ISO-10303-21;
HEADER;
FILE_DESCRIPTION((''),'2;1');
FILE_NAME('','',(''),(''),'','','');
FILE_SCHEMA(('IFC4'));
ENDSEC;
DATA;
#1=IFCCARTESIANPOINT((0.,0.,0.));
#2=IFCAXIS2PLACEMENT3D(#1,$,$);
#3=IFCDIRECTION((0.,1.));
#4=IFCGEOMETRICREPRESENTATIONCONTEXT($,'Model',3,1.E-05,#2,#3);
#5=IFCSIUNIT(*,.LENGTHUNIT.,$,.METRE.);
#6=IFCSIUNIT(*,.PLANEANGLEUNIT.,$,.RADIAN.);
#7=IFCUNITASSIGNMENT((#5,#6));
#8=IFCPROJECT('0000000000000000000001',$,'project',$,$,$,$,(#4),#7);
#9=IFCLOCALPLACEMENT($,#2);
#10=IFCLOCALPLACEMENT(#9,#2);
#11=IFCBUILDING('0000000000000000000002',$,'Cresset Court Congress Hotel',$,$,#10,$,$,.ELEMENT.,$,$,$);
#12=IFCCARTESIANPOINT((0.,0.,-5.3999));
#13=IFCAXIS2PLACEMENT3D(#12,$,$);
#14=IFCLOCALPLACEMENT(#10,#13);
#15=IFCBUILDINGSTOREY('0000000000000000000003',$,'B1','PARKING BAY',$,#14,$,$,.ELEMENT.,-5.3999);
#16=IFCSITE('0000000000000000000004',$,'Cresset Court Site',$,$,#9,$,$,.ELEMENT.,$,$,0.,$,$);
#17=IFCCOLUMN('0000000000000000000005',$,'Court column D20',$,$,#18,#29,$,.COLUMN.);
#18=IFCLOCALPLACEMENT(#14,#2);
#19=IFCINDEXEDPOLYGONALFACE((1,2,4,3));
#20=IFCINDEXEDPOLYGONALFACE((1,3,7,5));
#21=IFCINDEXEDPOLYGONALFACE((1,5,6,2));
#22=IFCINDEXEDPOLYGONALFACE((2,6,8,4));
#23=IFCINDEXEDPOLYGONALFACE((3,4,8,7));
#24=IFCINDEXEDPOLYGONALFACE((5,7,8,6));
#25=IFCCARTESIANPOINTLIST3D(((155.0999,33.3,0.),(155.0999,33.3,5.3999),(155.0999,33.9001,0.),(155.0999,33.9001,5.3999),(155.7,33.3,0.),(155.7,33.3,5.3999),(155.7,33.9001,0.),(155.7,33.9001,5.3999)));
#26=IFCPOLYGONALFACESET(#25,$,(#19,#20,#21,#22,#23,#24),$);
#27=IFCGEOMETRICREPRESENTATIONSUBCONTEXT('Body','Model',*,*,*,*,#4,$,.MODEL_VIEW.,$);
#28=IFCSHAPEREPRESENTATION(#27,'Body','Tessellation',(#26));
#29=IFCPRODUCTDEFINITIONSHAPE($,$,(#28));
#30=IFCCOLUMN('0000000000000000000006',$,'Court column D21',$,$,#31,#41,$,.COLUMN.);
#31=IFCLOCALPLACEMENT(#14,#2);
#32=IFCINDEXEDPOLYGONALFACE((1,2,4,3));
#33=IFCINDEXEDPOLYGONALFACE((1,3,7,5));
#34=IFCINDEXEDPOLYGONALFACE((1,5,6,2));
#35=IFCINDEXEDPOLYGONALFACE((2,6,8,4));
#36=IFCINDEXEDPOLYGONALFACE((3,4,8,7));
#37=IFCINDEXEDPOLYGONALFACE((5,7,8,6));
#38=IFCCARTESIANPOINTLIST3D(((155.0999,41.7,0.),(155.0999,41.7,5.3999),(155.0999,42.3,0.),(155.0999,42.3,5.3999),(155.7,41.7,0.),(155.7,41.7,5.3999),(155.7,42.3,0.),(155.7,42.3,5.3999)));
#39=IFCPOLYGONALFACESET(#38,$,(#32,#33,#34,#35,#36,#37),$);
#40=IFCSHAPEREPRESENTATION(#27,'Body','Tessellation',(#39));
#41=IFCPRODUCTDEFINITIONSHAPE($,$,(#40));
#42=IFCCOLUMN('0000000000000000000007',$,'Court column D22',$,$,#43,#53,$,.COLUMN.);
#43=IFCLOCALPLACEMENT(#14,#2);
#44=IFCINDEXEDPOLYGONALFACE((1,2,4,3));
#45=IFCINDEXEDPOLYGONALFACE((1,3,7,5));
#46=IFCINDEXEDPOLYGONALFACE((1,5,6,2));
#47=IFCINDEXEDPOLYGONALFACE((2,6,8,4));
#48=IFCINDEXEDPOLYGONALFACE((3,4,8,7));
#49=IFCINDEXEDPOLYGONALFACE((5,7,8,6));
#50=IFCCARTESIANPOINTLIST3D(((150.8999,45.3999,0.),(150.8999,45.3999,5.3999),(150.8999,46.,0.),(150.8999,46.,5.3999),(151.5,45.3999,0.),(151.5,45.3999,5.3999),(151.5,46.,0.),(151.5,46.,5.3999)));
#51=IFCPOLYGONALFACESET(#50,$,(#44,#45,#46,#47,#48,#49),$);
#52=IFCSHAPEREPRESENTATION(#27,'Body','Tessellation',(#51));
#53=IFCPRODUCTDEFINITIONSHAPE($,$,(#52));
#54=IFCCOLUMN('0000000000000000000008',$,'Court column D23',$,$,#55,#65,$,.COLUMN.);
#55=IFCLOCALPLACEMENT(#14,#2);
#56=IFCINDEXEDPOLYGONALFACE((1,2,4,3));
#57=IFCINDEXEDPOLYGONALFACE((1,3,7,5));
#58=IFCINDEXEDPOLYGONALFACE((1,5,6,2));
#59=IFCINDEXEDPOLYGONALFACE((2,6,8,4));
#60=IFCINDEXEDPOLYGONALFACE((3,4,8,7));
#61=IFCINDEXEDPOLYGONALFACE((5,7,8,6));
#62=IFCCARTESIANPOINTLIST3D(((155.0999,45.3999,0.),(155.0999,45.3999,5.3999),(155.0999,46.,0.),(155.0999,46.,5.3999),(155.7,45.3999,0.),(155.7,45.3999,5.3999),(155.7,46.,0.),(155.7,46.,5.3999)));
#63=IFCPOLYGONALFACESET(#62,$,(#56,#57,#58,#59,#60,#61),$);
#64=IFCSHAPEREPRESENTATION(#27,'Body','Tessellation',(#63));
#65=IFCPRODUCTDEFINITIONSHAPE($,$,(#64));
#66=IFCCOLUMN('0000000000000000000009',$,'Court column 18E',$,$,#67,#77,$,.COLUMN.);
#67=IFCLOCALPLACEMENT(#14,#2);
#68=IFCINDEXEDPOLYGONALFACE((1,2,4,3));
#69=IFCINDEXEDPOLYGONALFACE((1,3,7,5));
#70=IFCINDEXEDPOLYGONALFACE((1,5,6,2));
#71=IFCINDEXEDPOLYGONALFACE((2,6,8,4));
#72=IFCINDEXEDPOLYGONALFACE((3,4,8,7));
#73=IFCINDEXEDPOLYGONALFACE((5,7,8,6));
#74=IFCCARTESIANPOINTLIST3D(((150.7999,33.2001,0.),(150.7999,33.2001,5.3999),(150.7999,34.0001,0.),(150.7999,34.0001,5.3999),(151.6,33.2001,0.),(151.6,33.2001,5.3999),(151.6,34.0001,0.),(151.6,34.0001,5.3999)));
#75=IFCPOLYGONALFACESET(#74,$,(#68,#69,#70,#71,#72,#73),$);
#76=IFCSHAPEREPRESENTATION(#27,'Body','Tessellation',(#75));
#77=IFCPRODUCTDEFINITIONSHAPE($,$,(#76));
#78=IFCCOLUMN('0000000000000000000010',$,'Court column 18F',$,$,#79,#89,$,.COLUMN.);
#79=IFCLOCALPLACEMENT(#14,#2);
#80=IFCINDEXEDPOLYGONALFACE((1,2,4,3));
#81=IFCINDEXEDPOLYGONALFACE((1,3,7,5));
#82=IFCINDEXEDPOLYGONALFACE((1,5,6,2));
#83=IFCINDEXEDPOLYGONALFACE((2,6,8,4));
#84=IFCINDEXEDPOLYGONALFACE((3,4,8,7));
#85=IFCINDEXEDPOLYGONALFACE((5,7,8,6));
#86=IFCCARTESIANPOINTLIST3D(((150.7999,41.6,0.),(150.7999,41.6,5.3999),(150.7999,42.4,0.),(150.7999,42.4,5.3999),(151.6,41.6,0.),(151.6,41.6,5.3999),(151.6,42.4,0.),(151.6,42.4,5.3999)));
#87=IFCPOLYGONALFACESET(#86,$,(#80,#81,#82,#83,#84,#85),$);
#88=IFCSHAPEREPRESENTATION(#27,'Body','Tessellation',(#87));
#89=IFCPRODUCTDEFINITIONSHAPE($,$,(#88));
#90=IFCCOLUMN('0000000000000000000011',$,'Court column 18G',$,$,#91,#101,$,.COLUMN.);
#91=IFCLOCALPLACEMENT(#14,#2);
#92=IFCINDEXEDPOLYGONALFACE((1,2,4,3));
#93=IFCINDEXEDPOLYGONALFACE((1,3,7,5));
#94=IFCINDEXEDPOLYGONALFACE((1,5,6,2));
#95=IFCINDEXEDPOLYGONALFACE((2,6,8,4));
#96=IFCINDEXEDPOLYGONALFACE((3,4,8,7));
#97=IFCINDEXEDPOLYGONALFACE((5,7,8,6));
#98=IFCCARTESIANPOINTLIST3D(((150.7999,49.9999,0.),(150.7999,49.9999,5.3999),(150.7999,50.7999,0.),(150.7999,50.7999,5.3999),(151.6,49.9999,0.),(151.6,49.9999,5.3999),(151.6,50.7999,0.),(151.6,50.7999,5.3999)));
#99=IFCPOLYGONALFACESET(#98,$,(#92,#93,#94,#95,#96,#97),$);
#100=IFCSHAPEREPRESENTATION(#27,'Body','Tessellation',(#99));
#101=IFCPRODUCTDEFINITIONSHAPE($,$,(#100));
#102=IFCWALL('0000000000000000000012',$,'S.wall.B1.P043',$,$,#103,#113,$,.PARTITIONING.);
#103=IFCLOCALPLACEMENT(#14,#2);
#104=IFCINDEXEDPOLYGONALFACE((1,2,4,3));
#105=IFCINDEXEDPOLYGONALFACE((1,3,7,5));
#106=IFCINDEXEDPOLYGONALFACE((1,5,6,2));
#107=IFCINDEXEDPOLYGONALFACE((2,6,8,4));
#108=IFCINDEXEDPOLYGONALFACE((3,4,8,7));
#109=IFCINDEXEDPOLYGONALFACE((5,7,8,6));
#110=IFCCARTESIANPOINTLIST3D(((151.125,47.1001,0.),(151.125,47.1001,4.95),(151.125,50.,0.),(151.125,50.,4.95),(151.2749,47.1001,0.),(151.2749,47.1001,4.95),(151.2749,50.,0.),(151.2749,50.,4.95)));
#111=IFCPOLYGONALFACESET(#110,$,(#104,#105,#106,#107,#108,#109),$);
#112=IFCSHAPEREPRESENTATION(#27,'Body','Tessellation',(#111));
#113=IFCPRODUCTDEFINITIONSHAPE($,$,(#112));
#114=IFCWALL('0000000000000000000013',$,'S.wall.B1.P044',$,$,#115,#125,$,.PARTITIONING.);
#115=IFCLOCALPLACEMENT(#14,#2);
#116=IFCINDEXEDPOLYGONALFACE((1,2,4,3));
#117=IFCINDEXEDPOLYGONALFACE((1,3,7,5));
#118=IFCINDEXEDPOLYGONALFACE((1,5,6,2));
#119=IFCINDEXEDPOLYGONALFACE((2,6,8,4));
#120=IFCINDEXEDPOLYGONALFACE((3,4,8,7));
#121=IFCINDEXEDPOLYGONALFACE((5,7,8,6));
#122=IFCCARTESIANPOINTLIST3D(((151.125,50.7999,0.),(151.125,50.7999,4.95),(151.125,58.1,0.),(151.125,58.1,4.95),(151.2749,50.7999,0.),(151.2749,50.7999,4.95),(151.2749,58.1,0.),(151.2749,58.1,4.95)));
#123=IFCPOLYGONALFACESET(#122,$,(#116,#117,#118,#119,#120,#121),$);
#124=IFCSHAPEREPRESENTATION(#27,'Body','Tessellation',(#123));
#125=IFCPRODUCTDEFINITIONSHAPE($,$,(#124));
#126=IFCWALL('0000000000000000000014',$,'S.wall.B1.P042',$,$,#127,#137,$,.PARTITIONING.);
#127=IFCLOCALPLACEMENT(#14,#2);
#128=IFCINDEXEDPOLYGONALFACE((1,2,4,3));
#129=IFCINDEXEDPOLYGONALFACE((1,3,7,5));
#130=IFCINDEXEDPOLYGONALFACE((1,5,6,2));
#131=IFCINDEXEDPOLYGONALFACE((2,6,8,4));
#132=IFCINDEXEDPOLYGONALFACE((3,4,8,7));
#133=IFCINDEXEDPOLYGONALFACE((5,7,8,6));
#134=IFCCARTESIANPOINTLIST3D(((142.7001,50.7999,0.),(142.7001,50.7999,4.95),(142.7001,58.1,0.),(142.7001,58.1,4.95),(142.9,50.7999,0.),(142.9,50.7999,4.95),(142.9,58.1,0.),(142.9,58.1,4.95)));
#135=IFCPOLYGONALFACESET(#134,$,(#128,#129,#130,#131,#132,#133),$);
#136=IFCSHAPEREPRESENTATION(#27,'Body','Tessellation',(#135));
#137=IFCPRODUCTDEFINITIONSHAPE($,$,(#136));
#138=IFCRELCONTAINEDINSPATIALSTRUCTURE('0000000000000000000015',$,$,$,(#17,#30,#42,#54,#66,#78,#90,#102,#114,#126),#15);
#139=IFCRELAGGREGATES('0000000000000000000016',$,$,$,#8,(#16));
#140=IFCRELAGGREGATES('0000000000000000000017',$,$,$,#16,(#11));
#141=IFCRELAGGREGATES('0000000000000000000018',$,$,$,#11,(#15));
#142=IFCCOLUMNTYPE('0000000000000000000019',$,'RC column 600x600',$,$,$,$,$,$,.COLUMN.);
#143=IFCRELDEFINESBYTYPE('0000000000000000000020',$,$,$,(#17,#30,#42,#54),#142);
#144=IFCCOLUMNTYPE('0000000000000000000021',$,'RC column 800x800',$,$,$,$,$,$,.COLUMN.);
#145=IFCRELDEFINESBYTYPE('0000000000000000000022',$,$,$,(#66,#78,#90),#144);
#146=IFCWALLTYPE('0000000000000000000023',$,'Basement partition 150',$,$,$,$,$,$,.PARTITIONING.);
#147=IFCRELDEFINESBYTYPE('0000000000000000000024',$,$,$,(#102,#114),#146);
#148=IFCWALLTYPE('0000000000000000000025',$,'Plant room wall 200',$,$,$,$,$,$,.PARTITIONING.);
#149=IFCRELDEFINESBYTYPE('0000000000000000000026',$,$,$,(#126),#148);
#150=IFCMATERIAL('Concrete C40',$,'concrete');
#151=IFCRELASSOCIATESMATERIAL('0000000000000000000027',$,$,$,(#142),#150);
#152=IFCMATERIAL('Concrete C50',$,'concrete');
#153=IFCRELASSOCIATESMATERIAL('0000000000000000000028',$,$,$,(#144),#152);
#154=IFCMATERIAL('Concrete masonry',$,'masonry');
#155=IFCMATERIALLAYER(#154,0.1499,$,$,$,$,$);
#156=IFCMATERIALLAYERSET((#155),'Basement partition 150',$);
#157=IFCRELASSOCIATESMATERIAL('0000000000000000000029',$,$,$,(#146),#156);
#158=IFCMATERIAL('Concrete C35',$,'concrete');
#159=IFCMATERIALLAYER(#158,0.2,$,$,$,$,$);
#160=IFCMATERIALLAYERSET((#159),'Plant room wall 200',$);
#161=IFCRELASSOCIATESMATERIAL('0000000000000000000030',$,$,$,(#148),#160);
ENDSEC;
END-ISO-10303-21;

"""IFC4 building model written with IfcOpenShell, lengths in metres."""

from ifc_helpers import new_model, si_unit, direction, frame, frame_2d, origin, origin_2d, place, context, subcontext, project, spatial, rectangle, extrude, material, layer, layer_set, material_profile, profile_set, type_object, element, save


model = new_model("IFC4")

# Units and contexts
model_context = context("Model", 3, precision=1e-05, world=origin(), true_north=direction((0.0, 1.0)))
body_context = subcontext(model_context, "Body", "Model", "MODEL_VIEW")
ifc_project = project(units=[si_unit("LENGTHUNIT", "METRE"), si_unit("PLANEANGLEUNIT", "RADIAN")], contexts=[model_context])

# Site, building, storey
site_placement = place(None, origin())
site = spatial("IfcSite", under=ifc_project, at=site_placement, Name="Cresset Court Site", CompositionType="ELEMENT", RefElevation=0.0)
building_placement = place(site_placement, origin())
building = spatial("IfcBuilding", under=site, at=building_placement, Name="Cresset Court Congress Hotel", CompositionType="ELEMENT")
storey_placement = place(building_placement, frame((0.0, 0.0, -5.3999)))
storey = spatial("IfcBuildingStorey", under=building, at=storey_placement, Name="B1", Description="PARKING BAY", CompositionType="ELEMENT", Elevation=-5.3999)

# Columns
ifc_material_1 = material(Name="Concrete C40", Category="concrete")
ifc_material_profile_1 = material_profile(ifc_material_1, rectangle(XDim=0.6001, YDim=0.6001, at=origin_2d()), Name="RC600x600")
ifc_profile_set_1 = profile_set([ifc_material_profile_1], Name="Concrete C40")
column_type_1 = type_object("IfcColumnType", Name="RC column 600x600", PredefinedType="COLUMN", material=ifc_profile_set_1)
for number, where, z_axis, x_axis, name in (
    (1, (155.3999, 33.6001, 0.0), (0.0, 0.0, 1.0), (1.0, 0.0, 0.0), "Court column D20"),
    (2, (155.3999, 42.0, 0.0), (0.0, 0.0, 1.0), (1.0, 0.0, 0.0), "Court column D21"),
    (3, (151.2, 45.7, 0.0), (0.0, 0.0, 1.0), (1.0, 0.0, 0.0), "Court column D22"),
    (4, (155.3999, 45.7, 0.0), (0.0, 0.0, 1.0), (1.0, 0.0, 0.0), "Court column D23"),
):
    element("IfcColumn", number, at=place(storey_placement, frame(where, z_axis=z_axis, x_axis=x_axis)), inside=storey, type_object=column_type_1, Name=name, PredefinedType="COLUMN", context=body_context, shape_type="SweptSolid", body=[
        extrude(rectangle(XDim=0.6001, YDim=0.6001, at=origin_2d()), origin(), (0.0, 0.0, 1.0), 5.3999),
    ])
ifc_material_2 = material(Name="Concrete C50", Category="concrete")
ifc_material_profile_2 = material_profile(ifc_material_2, rectangle(XDim=0.8, YDim=0.8, at=origin_2d()), Name="RC800x800")
ifc_profile_set_2 = profile_set([ifc_material_profile_2], Name="Concrete C50")
column_type_2 = type_object("IfcColumnType", Name="RC column 800x800", PredefinedType="COLUMN", material=ifc_profile_set_2)
for number, where, z_axis, x_axis, name in (
    (5, (151.2, 33.6001, 0.0), (0.0, 0.0, 1.0), (1.0, 0.0, 0.0), "Court column 18E"),
    (6, (151.2, 42.0, 0.0), (0.0, 0.0, 1.0), (1.0, 0.0, 0.0), "Court column 18F"),
    (7, (151.2, 50.3999, 0.0), (0.0, 0.0, 1.0), (1.0, 0.0, 0.0), "Court column 18G"),
):
    element("IfcColumn", number, at=place(storey_placement, frame(where, z_axis=z_axis, x_axis=x_axis)), inside=storey, type_object=column_type_2, Name=name, PredefinedType="COLUMN", context=body_context, shape_type="SweptSolid", body=[
        extrude(rectangle(XDim=0.8, YDim=0.8, at=origin_2d()), origin(), (0.0, 0.0, 1.0), 5.3999),
    ])

# Walls
ifc_material_3 = material(Name="Concrete masonry", Category="masonry")
ifc_layer_1 = layer(ifc_material_3, 0.1499)
ifc_layer_set_1 = layer_set([ifc_layer_1], Name="Basement partition 150")
wall_type_1 = type_object("IfcWallType", Name="Basement partition 150", PredefinedType="PARTITIONING", material=ifc_layer_set_1)
wall_1_placement = place(storey_placement, frame((151.2, 47.1001, 0.0), z_axis=(0.0, 0.0, 1.0), x_axis=(0.0, 1.0, 0.0)))
element("IfcWall", 8, at=wall_1_placement, inside=storey, type_object=wall_type_1, Name="S.wall.B1.P043", PredefinedType="PARTITIONING", context=body_context, shape_type="SweptSolid", body=[
    extrude(rectangle(XDim=2.8999, YDim=0.1499, at=frame_2d((1.45, 0.0))), origin(), (0.0, 0.0, 1.0), 4.95),
])
wall_2_placement = place(storey_placement, frame((151.2, 50.8, 0.0), z_axis=(0.0, 0.0, 1.0), x_axis=(0.0, 1.0, 0.0)))
element("IfcWall", 9, at=wall_2_placement, inside=storey, type_object=wall_type_1, Name="S.wall.B1.P044", PredefinedType="PARTITIONING", context=body_context, shape_type="SweptSolid", body=[
    extrude(rectangle(XDim=7.3, YDim=0.1499, at=frame_2d((3.6499, 0.0))), origin(), (0.0, 0.0, 1.0), 4.95),
])
ifc_material_4 = material(Name="Concrete C35", Category="concrete")
ifc_layer_2 = layer(ifc_material_4, 0.2)
ifc_layer_set_2 = layer_set([ifc_layer_2], Name="Plant room wall 200")
wall_type_2 = type_object("IfcWallType", Name="Plant room wall 200", PredefinedType="PARTITIONING", material=ifc_layer_set_2)
wall_3_placement = place(storey_placement, frame((142.8, 50.8, 0.0), z_axis=(0.0, 0.0, 1.0), x_axis=(0.0, 1.0, 0.0)))
element("IfcWall", 10, at=wall_3_placement, inside=storey, type_object=wall_type_2, Name="S.wall.B1.P042", PredefinedType="PARTITIONING", context=body_context, shape_type="SweptSolid", body=[
    extrude(rectangle(XDim=7.3, YDim=0.2, at=frame_2d((3.6499, 0.0))), origin(), (0.0, 0.0, 1.0), 4.95),
])

save(model, "model.ifc")
